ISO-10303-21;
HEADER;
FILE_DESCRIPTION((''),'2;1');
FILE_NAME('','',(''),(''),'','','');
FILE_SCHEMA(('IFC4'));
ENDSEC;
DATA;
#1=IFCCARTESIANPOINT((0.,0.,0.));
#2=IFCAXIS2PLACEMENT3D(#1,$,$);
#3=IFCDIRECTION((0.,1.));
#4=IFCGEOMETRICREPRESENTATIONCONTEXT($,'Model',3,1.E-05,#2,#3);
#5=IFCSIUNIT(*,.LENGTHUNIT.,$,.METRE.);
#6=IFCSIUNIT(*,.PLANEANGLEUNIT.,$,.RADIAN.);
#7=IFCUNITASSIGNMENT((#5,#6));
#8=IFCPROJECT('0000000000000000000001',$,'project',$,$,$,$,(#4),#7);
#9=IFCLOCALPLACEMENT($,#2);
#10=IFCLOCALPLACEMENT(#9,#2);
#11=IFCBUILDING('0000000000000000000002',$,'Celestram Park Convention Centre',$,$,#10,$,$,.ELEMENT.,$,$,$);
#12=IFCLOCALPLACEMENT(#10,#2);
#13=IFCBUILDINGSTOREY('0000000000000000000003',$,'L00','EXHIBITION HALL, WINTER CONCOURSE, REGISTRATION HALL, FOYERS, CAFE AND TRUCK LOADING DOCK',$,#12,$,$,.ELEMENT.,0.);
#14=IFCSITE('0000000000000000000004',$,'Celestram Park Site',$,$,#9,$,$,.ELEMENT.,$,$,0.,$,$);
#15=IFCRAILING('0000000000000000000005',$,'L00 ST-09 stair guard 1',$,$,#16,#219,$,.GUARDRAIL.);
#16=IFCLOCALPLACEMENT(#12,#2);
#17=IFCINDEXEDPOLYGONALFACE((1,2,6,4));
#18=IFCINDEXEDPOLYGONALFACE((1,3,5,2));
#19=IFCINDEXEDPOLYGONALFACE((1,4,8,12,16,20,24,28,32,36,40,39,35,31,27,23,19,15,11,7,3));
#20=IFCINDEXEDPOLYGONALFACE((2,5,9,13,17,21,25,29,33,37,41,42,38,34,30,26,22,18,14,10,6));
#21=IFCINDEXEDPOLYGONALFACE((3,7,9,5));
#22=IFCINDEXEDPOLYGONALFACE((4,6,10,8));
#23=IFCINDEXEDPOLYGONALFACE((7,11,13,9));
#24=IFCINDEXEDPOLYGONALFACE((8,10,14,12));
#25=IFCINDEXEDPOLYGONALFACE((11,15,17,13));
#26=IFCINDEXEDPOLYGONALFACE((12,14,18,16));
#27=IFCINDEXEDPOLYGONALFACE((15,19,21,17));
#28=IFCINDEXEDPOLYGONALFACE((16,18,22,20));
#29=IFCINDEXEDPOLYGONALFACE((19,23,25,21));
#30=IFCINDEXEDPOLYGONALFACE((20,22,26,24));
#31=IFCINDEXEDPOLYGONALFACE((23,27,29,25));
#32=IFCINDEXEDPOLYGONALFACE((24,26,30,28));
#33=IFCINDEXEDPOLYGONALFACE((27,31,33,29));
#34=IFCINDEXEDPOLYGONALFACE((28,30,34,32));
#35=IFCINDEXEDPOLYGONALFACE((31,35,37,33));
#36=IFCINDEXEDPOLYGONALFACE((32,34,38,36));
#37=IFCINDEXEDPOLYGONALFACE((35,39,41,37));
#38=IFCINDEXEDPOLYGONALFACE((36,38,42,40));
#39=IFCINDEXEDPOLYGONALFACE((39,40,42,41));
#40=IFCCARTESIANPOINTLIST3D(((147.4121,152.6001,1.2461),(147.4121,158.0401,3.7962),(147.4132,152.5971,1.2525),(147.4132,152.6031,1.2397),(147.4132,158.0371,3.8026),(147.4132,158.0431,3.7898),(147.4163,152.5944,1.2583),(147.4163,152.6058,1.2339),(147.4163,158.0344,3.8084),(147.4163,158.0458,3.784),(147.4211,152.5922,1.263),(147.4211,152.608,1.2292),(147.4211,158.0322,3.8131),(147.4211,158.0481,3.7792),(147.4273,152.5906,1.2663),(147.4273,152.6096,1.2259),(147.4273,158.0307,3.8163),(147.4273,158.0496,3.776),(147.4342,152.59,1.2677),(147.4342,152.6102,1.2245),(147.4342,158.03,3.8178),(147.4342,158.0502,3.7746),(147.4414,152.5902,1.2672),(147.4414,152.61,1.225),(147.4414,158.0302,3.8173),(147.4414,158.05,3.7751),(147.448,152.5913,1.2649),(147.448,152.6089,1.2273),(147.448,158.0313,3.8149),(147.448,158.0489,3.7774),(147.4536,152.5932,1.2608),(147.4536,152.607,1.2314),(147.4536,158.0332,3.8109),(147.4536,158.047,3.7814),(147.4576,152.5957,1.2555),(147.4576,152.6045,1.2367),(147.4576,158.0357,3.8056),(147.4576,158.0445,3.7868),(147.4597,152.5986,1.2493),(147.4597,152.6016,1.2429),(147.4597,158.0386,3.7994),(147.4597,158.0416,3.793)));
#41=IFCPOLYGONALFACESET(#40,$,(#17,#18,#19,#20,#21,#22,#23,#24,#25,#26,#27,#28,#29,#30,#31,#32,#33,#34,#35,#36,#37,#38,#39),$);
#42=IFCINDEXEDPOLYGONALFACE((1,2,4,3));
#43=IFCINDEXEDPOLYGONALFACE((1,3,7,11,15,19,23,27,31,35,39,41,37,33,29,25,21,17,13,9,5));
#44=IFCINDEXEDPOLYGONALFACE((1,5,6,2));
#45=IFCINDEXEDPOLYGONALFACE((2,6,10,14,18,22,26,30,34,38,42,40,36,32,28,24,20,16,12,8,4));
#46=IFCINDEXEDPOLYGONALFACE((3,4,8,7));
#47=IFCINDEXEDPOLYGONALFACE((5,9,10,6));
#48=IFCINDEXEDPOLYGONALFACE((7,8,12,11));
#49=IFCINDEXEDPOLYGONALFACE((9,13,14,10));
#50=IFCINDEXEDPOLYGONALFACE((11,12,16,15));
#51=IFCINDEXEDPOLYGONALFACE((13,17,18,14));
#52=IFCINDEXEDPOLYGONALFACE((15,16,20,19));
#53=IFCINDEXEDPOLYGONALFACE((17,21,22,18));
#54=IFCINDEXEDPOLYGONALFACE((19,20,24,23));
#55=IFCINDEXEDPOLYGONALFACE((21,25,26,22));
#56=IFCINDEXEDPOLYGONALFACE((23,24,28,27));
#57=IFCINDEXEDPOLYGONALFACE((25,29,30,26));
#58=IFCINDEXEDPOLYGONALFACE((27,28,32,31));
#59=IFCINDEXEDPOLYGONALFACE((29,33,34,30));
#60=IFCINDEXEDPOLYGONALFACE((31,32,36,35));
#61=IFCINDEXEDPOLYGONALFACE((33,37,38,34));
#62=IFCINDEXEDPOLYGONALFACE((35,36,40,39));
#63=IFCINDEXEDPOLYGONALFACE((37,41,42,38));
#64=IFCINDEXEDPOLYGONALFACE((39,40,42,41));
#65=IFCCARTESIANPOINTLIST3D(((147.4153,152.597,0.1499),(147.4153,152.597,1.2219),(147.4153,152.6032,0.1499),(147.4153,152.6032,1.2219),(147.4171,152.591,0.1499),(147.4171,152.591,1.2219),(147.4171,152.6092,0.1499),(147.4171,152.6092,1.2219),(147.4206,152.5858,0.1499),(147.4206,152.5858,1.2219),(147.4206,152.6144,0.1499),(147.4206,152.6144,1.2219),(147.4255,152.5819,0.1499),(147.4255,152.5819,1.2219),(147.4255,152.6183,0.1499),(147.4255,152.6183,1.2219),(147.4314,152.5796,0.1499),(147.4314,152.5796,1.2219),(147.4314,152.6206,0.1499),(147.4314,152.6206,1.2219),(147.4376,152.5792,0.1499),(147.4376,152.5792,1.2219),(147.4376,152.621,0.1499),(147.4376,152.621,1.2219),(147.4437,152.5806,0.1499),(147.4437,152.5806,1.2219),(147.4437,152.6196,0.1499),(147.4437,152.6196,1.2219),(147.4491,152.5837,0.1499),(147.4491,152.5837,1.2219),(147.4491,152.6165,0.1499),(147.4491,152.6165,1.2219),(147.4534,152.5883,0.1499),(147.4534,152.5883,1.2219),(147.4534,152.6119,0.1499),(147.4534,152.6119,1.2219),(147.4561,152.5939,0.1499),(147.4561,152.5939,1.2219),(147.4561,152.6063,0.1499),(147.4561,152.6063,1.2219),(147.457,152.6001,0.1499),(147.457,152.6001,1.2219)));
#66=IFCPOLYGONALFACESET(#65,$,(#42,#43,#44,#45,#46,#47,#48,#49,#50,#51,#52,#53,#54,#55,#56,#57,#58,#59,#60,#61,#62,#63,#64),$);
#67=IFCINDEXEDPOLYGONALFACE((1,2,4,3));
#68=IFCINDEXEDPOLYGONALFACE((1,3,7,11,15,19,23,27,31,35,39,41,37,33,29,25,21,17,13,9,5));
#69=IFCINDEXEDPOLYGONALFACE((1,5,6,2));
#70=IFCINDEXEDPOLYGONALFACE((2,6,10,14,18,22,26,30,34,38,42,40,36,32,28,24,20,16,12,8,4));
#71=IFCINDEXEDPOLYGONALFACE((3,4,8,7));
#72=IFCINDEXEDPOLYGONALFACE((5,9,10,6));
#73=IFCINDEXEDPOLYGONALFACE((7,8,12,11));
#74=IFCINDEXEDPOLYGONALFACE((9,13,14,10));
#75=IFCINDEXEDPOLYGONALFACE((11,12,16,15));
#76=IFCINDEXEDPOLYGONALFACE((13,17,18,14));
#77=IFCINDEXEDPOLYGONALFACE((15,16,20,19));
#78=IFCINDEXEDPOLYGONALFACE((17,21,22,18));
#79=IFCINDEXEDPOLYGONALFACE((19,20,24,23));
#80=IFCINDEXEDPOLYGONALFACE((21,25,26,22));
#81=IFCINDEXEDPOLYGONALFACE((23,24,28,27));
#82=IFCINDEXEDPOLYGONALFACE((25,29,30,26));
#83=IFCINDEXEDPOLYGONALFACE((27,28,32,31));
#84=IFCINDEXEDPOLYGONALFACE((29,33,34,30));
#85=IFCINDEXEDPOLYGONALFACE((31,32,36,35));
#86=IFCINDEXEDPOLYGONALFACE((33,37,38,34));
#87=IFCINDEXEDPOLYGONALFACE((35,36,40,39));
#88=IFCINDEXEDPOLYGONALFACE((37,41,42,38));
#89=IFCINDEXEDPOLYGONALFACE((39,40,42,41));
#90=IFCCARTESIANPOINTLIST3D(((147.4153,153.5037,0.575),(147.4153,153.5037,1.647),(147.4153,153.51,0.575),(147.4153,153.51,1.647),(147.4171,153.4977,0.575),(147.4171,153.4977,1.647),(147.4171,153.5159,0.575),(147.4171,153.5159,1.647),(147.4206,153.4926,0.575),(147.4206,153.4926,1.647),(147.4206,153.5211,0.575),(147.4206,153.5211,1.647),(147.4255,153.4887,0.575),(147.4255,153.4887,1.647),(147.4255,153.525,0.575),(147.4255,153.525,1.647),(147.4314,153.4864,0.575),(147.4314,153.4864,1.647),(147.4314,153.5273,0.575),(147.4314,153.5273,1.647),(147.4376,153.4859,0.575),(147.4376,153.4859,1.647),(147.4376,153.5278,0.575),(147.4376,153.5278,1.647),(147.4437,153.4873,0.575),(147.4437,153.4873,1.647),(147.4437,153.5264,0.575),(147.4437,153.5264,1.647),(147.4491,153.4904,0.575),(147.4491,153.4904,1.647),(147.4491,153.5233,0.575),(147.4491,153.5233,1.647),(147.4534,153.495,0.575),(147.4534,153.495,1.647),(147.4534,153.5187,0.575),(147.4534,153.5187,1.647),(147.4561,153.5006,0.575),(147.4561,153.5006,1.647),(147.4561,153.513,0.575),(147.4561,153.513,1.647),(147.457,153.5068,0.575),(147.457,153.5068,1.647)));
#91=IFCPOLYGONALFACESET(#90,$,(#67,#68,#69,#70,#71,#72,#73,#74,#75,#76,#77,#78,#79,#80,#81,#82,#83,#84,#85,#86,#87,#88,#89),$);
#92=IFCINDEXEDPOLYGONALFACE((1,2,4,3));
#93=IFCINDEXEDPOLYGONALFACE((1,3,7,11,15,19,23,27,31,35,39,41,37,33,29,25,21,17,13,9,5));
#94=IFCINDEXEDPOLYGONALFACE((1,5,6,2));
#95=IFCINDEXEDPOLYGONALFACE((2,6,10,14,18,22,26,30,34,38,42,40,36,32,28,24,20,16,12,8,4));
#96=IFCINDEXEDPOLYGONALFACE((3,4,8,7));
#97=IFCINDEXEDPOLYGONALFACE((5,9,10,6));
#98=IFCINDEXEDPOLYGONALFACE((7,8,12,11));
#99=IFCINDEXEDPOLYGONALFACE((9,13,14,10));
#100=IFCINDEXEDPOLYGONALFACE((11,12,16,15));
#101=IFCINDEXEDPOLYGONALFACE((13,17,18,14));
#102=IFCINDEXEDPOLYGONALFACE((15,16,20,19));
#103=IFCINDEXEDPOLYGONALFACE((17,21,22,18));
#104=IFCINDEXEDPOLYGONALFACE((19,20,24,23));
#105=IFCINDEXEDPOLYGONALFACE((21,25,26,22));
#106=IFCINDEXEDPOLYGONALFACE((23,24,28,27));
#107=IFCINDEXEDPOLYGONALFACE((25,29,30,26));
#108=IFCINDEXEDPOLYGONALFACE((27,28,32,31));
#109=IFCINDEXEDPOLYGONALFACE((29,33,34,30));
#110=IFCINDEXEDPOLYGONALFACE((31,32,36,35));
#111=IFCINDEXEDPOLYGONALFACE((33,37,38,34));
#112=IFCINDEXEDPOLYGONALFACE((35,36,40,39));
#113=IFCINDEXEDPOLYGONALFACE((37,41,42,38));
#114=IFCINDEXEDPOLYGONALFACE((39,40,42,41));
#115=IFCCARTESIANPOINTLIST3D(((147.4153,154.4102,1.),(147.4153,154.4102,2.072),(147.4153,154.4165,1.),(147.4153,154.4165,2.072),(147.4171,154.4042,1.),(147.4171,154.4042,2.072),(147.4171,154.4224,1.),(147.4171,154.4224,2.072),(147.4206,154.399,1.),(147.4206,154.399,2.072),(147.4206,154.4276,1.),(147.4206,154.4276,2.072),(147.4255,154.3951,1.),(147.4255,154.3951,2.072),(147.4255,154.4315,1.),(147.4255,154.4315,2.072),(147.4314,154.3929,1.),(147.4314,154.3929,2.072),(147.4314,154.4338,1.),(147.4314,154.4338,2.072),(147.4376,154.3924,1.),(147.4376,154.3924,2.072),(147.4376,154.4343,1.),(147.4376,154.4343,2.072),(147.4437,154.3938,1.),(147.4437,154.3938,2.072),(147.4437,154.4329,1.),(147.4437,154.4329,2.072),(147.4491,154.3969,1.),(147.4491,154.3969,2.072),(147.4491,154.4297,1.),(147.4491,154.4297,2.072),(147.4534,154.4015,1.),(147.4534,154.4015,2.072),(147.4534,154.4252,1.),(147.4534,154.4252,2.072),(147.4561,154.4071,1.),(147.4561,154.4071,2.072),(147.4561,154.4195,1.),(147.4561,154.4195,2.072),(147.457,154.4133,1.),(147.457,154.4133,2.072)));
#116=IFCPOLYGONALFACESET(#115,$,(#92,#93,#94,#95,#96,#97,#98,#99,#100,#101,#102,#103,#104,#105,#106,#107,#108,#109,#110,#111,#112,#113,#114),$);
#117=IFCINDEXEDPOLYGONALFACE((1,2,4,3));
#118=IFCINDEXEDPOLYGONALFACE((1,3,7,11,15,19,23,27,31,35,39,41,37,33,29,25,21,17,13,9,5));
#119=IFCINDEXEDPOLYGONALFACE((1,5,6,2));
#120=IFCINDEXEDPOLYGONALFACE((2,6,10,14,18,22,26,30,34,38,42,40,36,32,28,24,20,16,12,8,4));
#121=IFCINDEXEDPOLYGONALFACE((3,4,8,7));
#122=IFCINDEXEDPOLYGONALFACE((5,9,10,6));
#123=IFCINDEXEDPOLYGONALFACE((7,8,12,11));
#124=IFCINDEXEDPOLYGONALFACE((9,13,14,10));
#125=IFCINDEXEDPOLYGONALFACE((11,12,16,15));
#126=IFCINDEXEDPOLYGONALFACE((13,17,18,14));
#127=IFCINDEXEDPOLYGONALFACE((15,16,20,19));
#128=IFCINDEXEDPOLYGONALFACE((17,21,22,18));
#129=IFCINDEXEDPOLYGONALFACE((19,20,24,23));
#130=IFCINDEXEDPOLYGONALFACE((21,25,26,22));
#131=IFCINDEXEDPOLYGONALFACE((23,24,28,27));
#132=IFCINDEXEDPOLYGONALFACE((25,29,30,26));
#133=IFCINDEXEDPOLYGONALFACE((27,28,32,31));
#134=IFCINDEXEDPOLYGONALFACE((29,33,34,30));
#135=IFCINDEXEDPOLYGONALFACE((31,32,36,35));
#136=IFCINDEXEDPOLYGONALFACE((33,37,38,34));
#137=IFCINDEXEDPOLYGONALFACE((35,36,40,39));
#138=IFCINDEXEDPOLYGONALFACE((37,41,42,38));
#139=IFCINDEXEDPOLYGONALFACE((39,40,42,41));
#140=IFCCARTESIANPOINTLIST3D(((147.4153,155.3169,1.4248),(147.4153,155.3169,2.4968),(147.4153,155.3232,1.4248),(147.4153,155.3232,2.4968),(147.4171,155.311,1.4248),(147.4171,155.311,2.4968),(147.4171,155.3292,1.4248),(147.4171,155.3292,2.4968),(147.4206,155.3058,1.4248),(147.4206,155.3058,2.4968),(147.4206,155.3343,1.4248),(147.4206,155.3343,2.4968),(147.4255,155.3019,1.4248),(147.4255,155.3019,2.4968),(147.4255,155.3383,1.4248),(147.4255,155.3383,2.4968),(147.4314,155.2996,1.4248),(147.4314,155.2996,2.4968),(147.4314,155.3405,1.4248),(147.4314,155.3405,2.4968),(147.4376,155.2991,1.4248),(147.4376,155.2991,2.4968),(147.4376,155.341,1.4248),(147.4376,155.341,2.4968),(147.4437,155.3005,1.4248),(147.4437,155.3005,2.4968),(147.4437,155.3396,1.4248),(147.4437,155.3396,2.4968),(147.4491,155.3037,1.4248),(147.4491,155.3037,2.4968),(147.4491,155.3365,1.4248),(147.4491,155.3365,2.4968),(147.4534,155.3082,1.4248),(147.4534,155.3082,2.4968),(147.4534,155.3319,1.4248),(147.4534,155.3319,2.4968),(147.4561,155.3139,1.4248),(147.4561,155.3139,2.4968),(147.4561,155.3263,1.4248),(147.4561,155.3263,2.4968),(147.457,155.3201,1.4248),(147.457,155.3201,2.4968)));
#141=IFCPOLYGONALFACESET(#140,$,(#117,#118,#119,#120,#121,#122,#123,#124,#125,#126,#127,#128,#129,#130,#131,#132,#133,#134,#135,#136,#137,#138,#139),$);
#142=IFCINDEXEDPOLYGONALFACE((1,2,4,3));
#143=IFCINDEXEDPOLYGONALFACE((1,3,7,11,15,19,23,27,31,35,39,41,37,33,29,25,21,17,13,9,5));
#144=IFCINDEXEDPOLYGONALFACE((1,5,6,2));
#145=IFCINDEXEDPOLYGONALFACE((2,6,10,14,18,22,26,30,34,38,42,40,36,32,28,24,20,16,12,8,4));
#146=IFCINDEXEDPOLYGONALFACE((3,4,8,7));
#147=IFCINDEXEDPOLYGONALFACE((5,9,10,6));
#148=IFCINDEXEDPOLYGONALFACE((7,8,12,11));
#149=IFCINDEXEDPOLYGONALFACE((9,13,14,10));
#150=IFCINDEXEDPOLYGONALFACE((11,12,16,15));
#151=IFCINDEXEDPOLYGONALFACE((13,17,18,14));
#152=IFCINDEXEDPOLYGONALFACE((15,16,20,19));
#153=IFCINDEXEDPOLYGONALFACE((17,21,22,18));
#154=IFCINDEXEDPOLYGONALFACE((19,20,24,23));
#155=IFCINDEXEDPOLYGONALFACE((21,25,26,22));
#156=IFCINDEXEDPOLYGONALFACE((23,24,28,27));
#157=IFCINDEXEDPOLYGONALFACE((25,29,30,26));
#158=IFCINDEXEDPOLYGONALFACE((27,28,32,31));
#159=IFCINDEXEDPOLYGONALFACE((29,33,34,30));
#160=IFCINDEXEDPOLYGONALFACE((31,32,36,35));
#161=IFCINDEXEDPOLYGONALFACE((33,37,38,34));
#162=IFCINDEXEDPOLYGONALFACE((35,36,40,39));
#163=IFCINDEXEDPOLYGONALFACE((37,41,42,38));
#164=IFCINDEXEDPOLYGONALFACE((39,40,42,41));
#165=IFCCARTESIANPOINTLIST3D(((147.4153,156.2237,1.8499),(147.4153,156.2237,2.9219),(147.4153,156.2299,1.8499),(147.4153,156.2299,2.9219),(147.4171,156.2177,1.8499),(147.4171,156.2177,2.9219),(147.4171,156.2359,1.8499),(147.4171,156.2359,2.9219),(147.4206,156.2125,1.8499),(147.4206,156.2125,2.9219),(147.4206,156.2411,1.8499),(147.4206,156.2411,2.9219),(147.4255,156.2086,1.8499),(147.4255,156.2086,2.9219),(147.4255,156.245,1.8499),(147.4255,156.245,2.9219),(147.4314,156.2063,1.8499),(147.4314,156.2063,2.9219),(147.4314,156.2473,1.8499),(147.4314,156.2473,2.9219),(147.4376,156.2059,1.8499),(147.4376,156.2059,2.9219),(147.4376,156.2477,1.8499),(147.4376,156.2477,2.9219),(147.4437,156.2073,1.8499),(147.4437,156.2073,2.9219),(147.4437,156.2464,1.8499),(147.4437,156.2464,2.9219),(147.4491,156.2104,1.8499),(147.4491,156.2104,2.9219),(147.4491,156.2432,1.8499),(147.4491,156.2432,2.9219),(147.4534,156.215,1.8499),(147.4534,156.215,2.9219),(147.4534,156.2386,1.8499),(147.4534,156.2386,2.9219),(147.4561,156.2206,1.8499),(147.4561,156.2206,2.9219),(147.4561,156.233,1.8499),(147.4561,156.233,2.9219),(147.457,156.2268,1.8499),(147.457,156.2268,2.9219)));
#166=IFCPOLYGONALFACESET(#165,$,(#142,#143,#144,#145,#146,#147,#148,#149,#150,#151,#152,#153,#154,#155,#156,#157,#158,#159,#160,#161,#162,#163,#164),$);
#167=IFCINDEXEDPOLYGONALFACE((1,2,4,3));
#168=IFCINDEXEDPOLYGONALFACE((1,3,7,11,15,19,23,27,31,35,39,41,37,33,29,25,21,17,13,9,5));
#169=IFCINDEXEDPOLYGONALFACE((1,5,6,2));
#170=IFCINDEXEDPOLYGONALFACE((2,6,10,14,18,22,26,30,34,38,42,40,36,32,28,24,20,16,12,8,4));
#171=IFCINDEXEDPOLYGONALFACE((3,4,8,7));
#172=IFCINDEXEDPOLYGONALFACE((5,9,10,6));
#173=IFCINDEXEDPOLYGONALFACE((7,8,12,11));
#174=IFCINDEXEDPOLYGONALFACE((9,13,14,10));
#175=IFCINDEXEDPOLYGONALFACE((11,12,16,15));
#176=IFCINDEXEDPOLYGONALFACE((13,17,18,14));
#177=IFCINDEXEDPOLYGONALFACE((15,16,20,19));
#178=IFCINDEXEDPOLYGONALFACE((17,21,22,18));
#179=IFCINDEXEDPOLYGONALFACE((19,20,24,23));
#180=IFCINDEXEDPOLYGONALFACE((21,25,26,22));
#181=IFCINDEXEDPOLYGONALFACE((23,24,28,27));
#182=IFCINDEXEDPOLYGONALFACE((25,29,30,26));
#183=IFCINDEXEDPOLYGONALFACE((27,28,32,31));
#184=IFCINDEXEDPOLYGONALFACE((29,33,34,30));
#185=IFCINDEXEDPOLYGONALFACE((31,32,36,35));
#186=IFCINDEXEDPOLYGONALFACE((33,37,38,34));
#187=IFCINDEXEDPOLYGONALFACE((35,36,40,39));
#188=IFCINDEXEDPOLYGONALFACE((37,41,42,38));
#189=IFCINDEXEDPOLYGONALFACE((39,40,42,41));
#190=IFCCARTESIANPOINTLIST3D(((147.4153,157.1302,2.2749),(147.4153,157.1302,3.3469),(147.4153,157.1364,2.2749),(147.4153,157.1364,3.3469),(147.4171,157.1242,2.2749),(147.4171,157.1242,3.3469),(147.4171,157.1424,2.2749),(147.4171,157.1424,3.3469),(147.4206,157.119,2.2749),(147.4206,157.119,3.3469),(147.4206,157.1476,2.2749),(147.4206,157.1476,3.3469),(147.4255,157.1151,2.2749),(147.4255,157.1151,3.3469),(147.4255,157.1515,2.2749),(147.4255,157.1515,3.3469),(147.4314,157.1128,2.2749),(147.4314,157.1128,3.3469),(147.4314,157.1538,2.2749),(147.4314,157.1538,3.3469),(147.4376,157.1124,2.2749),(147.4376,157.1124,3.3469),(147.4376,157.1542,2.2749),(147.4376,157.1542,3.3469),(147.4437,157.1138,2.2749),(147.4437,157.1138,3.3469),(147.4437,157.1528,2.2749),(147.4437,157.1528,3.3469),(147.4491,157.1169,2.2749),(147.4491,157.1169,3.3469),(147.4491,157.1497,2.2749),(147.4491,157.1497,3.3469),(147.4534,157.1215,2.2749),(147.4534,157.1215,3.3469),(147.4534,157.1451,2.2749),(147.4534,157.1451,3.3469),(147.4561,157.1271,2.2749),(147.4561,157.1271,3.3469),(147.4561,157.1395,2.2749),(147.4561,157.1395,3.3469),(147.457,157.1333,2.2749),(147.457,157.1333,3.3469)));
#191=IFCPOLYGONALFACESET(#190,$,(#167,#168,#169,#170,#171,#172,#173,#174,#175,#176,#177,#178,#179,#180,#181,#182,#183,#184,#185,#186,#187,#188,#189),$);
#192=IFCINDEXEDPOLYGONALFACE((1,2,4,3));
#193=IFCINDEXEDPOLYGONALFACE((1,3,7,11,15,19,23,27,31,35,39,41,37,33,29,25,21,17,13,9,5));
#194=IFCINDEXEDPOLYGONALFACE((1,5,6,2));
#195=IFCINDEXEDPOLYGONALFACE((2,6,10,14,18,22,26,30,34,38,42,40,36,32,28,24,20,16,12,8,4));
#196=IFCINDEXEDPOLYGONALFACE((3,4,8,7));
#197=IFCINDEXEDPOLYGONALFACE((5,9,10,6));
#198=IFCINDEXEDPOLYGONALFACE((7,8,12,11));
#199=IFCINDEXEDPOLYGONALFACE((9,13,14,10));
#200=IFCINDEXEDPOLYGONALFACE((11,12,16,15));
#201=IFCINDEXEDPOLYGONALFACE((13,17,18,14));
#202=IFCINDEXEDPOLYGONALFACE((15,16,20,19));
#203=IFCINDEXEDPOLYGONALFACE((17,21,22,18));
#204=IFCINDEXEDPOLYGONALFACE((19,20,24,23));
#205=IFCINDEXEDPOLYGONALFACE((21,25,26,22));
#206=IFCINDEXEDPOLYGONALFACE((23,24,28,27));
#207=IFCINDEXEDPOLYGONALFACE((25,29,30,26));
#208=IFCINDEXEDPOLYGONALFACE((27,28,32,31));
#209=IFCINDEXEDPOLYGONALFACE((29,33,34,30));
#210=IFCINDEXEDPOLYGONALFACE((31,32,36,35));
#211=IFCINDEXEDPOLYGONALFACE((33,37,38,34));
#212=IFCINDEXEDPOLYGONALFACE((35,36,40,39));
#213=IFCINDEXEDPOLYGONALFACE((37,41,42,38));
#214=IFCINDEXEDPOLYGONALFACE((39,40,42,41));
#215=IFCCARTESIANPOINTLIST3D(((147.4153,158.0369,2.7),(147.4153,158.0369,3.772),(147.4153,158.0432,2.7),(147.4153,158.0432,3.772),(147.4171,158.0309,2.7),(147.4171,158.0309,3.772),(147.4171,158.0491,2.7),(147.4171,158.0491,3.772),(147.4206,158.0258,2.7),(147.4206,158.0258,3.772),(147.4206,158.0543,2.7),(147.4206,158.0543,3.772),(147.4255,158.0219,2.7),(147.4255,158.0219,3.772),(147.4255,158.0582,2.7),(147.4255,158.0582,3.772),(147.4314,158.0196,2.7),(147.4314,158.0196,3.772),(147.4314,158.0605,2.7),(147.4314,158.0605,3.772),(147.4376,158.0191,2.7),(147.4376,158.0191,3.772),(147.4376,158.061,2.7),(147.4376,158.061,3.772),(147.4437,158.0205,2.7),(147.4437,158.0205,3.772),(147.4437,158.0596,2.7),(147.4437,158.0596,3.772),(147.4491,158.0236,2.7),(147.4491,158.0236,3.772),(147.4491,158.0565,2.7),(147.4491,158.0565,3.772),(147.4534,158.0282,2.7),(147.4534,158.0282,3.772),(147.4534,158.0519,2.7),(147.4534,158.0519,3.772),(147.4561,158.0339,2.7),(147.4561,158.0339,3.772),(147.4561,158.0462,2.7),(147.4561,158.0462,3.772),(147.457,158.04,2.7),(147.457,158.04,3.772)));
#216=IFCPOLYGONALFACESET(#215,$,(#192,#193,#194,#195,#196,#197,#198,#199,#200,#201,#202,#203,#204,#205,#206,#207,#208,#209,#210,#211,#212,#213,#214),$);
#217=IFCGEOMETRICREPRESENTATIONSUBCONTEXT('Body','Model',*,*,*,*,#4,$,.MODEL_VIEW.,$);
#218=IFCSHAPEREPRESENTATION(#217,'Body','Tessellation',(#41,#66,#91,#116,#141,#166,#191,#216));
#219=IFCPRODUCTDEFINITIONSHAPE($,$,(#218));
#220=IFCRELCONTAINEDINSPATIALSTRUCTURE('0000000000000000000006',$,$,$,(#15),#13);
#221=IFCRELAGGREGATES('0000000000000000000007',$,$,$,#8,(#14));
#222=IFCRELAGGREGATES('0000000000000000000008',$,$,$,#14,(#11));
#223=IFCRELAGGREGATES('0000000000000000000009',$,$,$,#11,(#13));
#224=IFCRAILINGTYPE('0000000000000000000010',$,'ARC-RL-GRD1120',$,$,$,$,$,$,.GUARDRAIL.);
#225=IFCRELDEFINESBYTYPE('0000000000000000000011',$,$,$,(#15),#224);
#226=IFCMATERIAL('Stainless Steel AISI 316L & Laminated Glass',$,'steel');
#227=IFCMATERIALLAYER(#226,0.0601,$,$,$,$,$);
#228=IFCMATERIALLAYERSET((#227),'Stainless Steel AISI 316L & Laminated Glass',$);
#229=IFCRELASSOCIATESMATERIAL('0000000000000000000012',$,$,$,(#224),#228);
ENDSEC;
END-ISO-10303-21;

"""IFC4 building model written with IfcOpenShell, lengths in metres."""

from ifc_helpers import new_model, si_unit, direction, frame, origin, origin_2d, place, context, subcontext, project, spatial, circle, extrude, material, layer, layer_set, type_object, element, save


model = new_model("IFC4")

# Units and contexts
model_context = context("Model", 3, precision=1e-05, world=origin(), true_north=direction((0.0, 1.0)))
body_context = subcontext(model_context, "Body", "Model", "MODEL_VIEW")
ifc_project = project(units=[si_unit("LENGTHUNIT", "METRE"), si_unit("PLANEANGLEUNIT", "RADIAN")], contexts=[model_context])

# Site, building, storey
site_placement = place(None, origin())
site = spatial("IfcSite", under=ifc_project, at=site_placement, Name="Celestram Park Site", CompositionType="ELEMENT", RefElevation=0.0)
building_placement = place(site_placement, origin())
building = spatial("IfcBuilding", under=site, at=building_placement, Name="Celestram Park Convention Centre", CompositionType="ELEMENT")
storey_placement = place(building_placement, origin())
storey = spatial("IfcBuildingStorey", under=building, at=storey_placement, Name="L00", Description="EXHIBITION HALL, WINTER CONCOURSE, REGISTRATION HALL, FOYERS, CAFE AND TRUCK LOADING DOCK", CompositionType="ELEMENT", Elevation=0.0)

# Railing
ifc_material_1 = material(Name="Stainless Steel AISI 316L & Laminated Glass", Category="steel")
ifc_layer_1 = layer(ifc_material_1, 0.0601)
ifc_layer_set_1 = layer_set([ifc_layer_1], Name="Stainless Steel AISI 316L & Laminated Glass")
railing_type_1 = type_object("IfcRailingType", Name="ARC-RL-GRD1120", PredefinedType="GUARDRAIL", material=ifc_layer_set_1)
railing_1_placement = place(storey_placement, frame((147.436, 152.6001, 0.1499)))
element("IfcRailing", 1, at=railing_1_placement, inside=storey, type_object=railing_type_1, Name="L00 ST-09 stair guard 1", PredefinedType="GUARDRAIL", context=body_context, shape_type="SweptSolid", body=[
    extrude(circle(Radius=0.0239, at=origin_2d()), frame((0.0, 0.0, 1.0962), z_axis=(0.0, 0.905454, 0.424444), x_axis=(-1.0, 0.0, 0.0)), (0.0, 0.0, 1.0), 6.0081),
    extrude(circle(Radius=0.021, at=origin_2d()), origin(), (0.0, 0.0, 1.0), 1.072),
    extrude(circle(Radius=0.021, at=origin_2d()), frame((0.0, 0.9067, 0.425)), (0.0, 0.0, 1.0), 1.072),
    extrude(circle(Radius=0.021, at=origin_2d()), frame((0.0, 1.8132, 0.8501)), (0.0, 0.0, 1.0), 1.072),
    extrude(circle(Radius=0.021, at=origin_2d()), frame((0.0, 2.72, 1.2749)), (0.0, 0.0, 1.0), 1.072),
    extrude(circle(Radius=0.021, at=origin_2d()), frame((0.0, 3.6267, 1.7)), (0.0, 0.0, 1.0), 1.072),
    extrude(circle(Radius=0.021, at=origin_2d()), frame((0.0, 4.5332, 2.125)), (0.0, 0.0, 1.0), 1.072),
    extrude(circle(Radius=0.021, at=origin_2d()), frame((0.0, 5.4399, 2.55)), (0.0, 0.0, 1.0), 1.072),
])

save(model, "model.ifc")
